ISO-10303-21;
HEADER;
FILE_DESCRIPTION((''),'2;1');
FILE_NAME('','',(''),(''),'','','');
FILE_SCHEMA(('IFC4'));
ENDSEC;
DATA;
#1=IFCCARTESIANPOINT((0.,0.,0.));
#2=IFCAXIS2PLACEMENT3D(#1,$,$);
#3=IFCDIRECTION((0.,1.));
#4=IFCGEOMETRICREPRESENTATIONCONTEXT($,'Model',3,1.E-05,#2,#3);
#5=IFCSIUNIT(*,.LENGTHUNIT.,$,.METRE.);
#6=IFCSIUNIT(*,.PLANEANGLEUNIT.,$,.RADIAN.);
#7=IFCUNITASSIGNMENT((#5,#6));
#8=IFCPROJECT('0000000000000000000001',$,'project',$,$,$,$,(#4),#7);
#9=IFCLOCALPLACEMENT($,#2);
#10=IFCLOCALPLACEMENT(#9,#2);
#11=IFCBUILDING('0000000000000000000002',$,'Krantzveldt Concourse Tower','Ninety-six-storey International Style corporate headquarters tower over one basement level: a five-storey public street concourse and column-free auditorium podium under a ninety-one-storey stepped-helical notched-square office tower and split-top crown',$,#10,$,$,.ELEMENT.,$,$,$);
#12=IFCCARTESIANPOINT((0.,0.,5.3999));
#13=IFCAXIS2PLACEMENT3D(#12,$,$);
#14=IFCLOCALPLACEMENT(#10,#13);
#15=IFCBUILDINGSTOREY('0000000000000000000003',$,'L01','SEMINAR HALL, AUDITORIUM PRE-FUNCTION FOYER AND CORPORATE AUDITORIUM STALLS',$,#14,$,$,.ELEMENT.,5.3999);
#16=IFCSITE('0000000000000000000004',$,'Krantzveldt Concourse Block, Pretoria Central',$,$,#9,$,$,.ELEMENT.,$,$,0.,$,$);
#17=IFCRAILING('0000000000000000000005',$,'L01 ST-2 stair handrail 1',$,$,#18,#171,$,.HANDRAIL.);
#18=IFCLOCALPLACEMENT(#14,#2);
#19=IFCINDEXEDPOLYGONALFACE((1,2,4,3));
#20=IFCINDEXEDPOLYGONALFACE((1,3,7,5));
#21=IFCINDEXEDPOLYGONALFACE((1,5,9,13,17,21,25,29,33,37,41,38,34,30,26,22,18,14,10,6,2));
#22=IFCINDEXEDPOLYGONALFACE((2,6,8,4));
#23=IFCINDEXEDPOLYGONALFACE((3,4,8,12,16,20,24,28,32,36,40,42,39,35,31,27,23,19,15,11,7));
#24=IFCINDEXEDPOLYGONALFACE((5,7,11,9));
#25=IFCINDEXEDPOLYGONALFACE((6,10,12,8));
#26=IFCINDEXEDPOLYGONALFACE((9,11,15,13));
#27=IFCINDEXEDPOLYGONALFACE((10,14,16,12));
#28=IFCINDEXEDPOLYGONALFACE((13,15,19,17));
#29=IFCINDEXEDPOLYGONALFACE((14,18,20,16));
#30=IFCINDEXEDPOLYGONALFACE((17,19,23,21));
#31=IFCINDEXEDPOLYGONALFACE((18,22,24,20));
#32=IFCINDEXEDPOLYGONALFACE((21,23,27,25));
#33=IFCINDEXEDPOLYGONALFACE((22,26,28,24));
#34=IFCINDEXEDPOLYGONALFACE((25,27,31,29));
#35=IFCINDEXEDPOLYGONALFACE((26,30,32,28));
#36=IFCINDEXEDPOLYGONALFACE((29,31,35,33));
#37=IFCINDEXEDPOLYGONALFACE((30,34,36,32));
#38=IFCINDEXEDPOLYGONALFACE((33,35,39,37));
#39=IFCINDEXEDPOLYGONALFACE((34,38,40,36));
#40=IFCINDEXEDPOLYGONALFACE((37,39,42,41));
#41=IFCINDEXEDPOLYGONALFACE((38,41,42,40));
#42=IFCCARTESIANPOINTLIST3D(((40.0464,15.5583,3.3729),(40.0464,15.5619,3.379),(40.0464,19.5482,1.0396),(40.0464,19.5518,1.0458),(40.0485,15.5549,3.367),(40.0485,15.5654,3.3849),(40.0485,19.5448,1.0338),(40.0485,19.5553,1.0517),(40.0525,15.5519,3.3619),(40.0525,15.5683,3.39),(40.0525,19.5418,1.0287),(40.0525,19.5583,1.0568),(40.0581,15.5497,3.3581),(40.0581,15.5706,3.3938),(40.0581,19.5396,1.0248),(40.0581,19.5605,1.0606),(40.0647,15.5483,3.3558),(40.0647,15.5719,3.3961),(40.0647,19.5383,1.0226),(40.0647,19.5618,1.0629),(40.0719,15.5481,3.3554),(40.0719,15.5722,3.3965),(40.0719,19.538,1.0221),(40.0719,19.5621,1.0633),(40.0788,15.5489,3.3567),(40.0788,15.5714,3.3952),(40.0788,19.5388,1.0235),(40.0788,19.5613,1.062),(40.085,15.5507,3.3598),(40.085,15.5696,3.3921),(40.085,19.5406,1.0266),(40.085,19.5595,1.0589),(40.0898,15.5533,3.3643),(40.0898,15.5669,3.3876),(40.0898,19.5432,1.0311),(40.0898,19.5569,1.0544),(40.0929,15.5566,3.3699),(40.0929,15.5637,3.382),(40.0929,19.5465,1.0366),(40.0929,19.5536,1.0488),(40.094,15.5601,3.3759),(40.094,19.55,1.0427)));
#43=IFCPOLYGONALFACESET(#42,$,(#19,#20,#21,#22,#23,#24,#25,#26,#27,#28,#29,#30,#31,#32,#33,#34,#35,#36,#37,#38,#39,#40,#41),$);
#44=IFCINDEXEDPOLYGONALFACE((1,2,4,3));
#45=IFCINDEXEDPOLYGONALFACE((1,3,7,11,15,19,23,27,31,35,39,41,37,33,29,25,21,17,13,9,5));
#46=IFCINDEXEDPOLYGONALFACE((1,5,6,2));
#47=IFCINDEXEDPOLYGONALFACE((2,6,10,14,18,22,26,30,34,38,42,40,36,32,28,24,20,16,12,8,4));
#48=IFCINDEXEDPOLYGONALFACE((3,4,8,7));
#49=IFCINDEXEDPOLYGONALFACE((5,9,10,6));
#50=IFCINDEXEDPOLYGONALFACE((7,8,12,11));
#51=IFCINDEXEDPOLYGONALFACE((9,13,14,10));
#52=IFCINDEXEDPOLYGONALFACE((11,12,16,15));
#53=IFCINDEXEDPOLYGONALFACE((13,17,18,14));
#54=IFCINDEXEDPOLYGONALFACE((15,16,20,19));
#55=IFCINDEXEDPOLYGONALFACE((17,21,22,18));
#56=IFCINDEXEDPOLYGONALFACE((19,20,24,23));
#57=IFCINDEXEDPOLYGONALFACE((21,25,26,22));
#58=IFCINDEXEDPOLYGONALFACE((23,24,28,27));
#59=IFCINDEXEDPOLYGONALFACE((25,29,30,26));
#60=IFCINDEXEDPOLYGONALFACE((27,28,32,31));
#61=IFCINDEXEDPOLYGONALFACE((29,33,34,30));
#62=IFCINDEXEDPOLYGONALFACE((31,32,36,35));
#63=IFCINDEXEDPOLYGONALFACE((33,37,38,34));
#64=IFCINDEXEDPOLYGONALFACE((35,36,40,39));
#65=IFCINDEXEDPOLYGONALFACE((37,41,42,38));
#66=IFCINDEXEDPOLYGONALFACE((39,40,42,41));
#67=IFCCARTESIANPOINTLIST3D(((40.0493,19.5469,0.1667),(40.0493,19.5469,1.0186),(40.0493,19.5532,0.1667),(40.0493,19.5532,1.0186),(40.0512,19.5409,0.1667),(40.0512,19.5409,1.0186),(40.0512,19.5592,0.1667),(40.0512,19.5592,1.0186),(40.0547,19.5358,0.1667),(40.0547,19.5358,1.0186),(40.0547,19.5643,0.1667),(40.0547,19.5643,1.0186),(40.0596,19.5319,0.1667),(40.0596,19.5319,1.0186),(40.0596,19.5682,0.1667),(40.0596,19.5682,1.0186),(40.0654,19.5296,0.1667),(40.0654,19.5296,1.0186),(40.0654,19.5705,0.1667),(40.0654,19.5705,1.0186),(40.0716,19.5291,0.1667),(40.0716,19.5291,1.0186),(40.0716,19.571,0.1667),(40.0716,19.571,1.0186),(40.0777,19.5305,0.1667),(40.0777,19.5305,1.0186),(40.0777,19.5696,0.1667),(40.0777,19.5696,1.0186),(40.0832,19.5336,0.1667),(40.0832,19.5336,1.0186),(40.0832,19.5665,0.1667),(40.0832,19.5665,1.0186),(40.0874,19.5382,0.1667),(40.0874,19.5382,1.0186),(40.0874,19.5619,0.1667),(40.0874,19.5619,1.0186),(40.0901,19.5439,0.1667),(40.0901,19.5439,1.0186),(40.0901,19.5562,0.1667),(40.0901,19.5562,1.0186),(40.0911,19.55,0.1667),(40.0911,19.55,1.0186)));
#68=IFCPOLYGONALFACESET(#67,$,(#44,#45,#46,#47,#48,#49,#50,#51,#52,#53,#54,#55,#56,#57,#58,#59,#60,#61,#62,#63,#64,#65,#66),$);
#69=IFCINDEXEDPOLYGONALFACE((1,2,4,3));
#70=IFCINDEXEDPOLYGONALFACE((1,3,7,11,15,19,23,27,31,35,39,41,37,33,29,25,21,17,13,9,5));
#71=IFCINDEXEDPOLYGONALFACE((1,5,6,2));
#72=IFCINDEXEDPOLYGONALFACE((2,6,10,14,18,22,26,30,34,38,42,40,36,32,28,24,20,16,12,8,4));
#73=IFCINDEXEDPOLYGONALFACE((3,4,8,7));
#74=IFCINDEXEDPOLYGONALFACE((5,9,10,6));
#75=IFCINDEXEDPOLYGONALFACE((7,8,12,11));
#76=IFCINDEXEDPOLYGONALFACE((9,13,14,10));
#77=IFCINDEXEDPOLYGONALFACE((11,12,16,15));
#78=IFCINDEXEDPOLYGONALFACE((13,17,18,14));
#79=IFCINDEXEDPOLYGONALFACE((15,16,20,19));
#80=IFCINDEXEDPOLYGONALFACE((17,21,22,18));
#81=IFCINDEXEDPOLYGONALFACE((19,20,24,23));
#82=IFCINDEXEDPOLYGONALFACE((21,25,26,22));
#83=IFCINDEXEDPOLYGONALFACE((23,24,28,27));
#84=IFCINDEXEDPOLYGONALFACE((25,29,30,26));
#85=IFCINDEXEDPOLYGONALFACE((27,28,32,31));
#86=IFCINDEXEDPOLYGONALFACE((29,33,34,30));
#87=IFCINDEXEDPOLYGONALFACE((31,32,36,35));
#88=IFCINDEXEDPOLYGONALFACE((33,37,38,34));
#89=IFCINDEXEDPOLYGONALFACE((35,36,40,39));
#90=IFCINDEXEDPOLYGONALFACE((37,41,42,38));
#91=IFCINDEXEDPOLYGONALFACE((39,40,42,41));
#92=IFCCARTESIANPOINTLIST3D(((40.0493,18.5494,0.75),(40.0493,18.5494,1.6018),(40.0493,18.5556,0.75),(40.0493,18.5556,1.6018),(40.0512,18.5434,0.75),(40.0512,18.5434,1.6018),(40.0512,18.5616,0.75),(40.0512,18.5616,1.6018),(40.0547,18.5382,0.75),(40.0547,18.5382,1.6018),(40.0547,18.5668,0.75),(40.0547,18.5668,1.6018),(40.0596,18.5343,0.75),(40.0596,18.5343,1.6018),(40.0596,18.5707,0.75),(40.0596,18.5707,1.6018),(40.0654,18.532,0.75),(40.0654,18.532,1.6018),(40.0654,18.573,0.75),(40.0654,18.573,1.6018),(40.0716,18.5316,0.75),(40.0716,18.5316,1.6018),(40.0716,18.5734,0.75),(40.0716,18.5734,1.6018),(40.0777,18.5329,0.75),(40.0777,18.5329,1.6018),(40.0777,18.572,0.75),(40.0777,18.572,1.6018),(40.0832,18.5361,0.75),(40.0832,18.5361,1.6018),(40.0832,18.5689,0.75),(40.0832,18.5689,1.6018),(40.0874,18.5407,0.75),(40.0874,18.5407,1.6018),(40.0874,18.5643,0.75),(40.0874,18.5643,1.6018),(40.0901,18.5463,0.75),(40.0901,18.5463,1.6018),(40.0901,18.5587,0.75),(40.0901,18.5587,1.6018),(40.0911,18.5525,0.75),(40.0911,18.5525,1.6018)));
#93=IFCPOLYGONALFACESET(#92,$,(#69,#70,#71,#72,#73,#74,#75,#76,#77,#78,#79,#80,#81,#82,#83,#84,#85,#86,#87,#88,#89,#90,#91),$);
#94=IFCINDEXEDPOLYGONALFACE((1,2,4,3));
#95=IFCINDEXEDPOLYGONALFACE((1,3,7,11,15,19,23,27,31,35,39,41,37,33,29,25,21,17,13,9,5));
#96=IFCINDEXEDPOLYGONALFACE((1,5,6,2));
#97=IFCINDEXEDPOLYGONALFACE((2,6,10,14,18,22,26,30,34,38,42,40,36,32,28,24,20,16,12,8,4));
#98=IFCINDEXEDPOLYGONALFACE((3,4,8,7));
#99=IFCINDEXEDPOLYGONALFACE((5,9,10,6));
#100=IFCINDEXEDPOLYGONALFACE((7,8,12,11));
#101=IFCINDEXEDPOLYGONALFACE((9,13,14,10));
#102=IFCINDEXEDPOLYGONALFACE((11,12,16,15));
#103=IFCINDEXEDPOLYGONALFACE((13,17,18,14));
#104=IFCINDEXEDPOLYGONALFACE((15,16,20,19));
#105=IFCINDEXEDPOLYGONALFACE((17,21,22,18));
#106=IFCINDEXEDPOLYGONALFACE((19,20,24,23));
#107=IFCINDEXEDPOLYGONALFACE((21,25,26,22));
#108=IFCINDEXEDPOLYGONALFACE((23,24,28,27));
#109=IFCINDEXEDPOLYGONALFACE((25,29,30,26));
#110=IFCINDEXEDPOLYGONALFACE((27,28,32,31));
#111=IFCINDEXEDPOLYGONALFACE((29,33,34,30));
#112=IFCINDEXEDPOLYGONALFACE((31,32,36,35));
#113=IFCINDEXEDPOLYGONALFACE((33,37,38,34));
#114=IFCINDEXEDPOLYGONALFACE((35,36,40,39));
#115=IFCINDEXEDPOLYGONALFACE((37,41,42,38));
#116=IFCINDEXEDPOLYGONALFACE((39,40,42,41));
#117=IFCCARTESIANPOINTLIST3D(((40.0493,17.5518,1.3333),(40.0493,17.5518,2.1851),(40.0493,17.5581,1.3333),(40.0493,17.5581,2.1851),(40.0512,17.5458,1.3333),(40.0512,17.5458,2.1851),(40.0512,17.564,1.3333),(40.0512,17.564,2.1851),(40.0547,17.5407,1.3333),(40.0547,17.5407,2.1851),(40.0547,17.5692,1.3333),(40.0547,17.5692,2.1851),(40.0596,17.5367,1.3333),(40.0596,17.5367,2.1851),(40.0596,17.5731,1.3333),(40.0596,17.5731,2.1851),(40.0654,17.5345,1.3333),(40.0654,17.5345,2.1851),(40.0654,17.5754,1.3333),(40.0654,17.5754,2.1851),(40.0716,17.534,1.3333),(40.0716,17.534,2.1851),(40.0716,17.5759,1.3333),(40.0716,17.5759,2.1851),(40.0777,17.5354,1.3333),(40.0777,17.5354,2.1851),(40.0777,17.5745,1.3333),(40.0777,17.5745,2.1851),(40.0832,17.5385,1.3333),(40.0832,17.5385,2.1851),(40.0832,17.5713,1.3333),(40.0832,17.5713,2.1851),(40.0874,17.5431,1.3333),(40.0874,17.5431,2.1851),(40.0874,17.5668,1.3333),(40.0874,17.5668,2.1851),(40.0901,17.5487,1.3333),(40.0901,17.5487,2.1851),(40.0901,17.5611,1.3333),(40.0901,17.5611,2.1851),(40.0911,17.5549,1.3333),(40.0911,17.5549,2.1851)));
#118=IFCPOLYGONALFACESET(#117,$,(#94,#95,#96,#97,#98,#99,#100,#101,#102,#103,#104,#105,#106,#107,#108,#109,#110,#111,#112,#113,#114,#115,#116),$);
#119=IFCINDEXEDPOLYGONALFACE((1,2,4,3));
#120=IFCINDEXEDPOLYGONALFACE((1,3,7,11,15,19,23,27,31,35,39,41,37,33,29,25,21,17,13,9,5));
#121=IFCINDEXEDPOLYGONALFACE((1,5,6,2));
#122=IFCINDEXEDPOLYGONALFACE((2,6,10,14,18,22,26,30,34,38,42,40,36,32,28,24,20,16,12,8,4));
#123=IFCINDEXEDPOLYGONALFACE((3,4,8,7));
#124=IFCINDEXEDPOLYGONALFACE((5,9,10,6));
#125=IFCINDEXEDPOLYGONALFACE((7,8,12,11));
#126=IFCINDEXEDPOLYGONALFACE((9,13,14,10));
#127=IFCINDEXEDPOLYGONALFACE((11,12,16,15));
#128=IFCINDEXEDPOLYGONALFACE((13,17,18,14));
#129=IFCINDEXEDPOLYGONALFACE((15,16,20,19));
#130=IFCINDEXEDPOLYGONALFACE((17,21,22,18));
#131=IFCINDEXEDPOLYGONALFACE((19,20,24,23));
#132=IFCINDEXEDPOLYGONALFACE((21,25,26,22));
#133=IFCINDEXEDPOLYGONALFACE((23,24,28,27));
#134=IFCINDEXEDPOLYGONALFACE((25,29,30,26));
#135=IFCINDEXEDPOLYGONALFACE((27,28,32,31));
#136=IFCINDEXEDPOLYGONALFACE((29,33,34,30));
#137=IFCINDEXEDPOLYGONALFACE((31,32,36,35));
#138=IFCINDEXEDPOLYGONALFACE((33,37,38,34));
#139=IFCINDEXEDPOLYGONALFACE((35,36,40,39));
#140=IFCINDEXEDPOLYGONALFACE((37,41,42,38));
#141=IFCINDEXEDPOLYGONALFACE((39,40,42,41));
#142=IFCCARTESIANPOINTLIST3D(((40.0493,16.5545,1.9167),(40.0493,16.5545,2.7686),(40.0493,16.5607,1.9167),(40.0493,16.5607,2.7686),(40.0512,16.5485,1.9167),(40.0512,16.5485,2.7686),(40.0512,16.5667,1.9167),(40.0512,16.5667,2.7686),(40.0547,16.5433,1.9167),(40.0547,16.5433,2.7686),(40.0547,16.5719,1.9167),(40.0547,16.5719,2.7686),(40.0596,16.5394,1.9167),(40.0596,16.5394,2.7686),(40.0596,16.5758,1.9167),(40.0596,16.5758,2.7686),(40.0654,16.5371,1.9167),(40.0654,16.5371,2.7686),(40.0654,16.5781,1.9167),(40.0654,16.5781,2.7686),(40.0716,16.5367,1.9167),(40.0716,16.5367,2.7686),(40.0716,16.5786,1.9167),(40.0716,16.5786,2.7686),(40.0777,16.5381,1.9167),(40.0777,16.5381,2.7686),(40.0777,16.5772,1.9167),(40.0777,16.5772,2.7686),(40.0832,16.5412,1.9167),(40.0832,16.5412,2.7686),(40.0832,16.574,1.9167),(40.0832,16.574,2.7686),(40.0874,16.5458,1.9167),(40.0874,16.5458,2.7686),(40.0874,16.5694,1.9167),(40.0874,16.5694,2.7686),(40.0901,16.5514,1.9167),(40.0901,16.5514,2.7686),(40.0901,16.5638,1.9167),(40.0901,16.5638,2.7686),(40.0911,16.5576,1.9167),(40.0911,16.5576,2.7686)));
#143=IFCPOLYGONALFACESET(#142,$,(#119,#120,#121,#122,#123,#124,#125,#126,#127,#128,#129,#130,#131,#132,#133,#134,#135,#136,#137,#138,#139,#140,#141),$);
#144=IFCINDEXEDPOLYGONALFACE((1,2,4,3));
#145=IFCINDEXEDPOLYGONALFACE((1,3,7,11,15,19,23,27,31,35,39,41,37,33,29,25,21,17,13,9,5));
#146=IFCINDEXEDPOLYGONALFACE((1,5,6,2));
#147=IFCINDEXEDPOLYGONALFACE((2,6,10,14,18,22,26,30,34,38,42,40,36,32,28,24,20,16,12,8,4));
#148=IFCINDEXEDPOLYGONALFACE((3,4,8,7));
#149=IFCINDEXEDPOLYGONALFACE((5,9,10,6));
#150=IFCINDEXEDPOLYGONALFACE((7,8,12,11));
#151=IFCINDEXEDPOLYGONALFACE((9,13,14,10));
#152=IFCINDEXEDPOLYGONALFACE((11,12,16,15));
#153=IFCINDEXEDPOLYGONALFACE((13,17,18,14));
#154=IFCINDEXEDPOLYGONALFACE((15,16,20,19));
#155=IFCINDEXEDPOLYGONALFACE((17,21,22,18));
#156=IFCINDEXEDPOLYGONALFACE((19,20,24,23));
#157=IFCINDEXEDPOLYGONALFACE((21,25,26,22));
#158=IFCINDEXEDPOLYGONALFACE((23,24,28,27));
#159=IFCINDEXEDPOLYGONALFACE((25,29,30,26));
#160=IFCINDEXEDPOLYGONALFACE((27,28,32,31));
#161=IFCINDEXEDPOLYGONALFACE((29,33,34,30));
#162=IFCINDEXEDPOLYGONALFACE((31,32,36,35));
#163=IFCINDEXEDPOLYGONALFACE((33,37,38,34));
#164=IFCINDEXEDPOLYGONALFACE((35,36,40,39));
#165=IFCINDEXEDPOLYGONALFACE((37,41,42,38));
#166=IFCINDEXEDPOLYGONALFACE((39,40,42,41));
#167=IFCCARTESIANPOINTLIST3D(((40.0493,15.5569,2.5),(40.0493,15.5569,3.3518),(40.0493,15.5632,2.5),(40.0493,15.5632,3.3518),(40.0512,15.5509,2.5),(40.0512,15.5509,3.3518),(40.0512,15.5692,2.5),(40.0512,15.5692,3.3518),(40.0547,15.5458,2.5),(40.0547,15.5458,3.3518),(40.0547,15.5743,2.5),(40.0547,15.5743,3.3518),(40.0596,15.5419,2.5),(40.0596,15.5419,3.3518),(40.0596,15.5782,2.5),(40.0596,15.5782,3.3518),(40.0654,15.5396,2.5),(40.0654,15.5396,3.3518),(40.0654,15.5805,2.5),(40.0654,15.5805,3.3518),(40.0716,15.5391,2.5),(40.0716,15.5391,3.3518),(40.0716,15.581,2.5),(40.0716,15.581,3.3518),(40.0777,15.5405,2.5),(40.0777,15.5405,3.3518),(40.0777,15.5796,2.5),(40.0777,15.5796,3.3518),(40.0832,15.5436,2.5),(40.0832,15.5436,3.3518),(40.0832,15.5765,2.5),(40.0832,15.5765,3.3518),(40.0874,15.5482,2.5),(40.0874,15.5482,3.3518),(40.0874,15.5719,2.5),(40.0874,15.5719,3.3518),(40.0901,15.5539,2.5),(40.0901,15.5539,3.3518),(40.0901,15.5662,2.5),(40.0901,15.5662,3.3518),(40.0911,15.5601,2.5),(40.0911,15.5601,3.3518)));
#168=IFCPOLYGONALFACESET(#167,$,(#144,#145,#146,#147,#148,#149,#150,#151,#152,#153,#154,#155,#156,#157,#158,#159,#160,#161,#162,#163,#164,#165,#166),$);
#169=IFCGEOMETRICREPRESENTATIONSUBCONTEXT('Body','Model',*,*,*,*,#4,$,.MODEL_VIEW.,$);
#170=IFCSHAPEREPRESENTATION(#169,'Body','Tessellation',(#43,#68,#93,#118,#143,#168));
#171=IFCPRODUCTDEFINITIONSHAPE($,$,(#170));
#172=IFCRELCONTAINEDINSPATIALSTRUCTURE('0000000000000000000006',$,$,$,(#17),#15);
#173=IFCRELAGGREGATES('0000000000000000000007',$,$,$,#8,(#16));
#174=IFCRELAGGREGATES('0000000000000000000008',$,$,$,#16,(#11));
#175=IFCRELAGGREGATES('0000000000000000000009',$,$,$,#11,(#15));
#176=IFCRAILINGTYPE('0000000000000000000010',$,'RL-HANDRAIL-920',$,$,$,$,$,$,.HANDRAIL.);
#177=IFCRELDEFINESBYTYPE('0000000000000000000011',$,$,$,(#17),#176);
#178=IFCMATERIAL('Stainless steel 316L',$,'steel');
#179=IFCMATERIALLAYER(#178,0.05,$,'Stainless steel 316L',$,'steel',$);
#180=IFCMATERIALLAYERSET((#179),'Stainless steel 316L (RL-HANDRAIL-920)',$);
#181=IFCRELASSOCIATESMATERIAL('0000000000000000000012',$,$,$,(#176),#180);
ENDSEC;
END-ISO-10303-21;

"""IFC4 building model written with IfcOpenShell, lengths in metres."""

from ifc_helpers import new_model, si_unit, direction, frame, origin, origin_2d, place, context, subcontext, project, spatial, circle, extrude, material, layer, layer_set, type_object, element, save


model = new_model("IFC4")

# Units and contexts
model_context = context("Model", 3, precision=1e-05, world=origin(), true_north=direction((0.0, 1.0)))
body_context = subcontext(model_context, "Body", "Model", "MODEL_VIEW")
ifc_project = project(units=[si_unit("LENGTHUNIT", "METRE"), si_unit("PLANEANGLEUNIT", "RADIAN")], contexts=[model_context])

# Site, building, storey
site_placement = place(None, origin())
site = spatial("IfcSite", under=ifc_project, at=site_placement, Name="Krantzveldt Concourse Block, Pretoria Central", CompositionType="ELEMENT", RefElevation=0.0)
building_placement = place(site_placement, origin())
building = spatial("IfcBuilding", under=site, at=building_placement, Name="Krantzveldt Concourse Tower", Description="Ninety-six-storey International Style corporate headquarters tower over one basement level: a five-storey public street concourse and column-free auditorium podium under a ninety-one-storey stepped-helical notched-square office tower and split-top crown", CompositionType="ELEMENT")
storey_placement = place(building_placement, frame((0.0, 0.0, 5.3999)))
storey = spatial("IfcBuildingStorey", under=building, at=storey_placement, Name="L01", Description="SEMINAR HALL, AUDITORIUM PRE-FUNCTION FOYER AND CORPORATE AUDITORIUM STALLS", CompositionType="ELEMENT", Elevation=5.3999)

# Shared definitions
ifc_material_1 = material(Name="Stainless steel 316L", Category="steel")

# Railing
ifc_layer_1 = layer(ifc_material_1, 0.05, Name="Stainless steel 316L", Category="steel")
ifc_layer_set_1 = layer_set([ifc_layer_1], Name="Stainless steel 316L (RL-HANDRAIL-920)")
railing_type_1 = type_object("IfcRailingType", Name="RL-HANDRAIL-920", PredefinedType="HANDRAIL", material=ifc_layer_set_1)
railing_1_placement = place(storey_placement, frame((40.0701, 19.55, 0.1667)))
element("IfcRailing", 1, at=railing_1_placement, inside=storey, type_object=railing_type_1, Name="L01 ST-2 stair handrail 1", PredefinedType="HANDRAIL", context=body_context, shape_type="SweptSolid", body=[
    extrude(circle(Radius=0.0239, at=origin_2d()), frame((0.0, 0.0, 0.876), z_axis=(0.0, -0.863236, 0.5048), x_axis=(1.0, 0.0, 0.0)), (0.0, 0.0, 1.0), 4.6221),
    extrude(circle(Radius=0.021, at=origin_2d()), origin(), (0.0, 0.0, 1.0), 0.8518),
    extrude(circle(Radius=0.021, at=origin_2d()), frame((0.0, -0.9976, 0.5833)), (0.0, 0.0, 1.0), 0.8518),
    extrude(circle(Radius=0.021, at=origin_2d()), frame((0.0, -1.9951, 1.1665)), (0.0, 0.0, 1.0), 0.8518),
    extrude(circle(Radius=0.021, at=origin_2d()), frame((0.0, -2.9924, 1.75)), (0.0, 0.0, 1.0), 0.8518),
    extrude(circle(Radius=0.021, at=origin_2d()), frame((0.0, -3.99, 2.3333)), (0.0, 0.0, 1.0), 0.8518),
])

save(model, "model.ifc")
